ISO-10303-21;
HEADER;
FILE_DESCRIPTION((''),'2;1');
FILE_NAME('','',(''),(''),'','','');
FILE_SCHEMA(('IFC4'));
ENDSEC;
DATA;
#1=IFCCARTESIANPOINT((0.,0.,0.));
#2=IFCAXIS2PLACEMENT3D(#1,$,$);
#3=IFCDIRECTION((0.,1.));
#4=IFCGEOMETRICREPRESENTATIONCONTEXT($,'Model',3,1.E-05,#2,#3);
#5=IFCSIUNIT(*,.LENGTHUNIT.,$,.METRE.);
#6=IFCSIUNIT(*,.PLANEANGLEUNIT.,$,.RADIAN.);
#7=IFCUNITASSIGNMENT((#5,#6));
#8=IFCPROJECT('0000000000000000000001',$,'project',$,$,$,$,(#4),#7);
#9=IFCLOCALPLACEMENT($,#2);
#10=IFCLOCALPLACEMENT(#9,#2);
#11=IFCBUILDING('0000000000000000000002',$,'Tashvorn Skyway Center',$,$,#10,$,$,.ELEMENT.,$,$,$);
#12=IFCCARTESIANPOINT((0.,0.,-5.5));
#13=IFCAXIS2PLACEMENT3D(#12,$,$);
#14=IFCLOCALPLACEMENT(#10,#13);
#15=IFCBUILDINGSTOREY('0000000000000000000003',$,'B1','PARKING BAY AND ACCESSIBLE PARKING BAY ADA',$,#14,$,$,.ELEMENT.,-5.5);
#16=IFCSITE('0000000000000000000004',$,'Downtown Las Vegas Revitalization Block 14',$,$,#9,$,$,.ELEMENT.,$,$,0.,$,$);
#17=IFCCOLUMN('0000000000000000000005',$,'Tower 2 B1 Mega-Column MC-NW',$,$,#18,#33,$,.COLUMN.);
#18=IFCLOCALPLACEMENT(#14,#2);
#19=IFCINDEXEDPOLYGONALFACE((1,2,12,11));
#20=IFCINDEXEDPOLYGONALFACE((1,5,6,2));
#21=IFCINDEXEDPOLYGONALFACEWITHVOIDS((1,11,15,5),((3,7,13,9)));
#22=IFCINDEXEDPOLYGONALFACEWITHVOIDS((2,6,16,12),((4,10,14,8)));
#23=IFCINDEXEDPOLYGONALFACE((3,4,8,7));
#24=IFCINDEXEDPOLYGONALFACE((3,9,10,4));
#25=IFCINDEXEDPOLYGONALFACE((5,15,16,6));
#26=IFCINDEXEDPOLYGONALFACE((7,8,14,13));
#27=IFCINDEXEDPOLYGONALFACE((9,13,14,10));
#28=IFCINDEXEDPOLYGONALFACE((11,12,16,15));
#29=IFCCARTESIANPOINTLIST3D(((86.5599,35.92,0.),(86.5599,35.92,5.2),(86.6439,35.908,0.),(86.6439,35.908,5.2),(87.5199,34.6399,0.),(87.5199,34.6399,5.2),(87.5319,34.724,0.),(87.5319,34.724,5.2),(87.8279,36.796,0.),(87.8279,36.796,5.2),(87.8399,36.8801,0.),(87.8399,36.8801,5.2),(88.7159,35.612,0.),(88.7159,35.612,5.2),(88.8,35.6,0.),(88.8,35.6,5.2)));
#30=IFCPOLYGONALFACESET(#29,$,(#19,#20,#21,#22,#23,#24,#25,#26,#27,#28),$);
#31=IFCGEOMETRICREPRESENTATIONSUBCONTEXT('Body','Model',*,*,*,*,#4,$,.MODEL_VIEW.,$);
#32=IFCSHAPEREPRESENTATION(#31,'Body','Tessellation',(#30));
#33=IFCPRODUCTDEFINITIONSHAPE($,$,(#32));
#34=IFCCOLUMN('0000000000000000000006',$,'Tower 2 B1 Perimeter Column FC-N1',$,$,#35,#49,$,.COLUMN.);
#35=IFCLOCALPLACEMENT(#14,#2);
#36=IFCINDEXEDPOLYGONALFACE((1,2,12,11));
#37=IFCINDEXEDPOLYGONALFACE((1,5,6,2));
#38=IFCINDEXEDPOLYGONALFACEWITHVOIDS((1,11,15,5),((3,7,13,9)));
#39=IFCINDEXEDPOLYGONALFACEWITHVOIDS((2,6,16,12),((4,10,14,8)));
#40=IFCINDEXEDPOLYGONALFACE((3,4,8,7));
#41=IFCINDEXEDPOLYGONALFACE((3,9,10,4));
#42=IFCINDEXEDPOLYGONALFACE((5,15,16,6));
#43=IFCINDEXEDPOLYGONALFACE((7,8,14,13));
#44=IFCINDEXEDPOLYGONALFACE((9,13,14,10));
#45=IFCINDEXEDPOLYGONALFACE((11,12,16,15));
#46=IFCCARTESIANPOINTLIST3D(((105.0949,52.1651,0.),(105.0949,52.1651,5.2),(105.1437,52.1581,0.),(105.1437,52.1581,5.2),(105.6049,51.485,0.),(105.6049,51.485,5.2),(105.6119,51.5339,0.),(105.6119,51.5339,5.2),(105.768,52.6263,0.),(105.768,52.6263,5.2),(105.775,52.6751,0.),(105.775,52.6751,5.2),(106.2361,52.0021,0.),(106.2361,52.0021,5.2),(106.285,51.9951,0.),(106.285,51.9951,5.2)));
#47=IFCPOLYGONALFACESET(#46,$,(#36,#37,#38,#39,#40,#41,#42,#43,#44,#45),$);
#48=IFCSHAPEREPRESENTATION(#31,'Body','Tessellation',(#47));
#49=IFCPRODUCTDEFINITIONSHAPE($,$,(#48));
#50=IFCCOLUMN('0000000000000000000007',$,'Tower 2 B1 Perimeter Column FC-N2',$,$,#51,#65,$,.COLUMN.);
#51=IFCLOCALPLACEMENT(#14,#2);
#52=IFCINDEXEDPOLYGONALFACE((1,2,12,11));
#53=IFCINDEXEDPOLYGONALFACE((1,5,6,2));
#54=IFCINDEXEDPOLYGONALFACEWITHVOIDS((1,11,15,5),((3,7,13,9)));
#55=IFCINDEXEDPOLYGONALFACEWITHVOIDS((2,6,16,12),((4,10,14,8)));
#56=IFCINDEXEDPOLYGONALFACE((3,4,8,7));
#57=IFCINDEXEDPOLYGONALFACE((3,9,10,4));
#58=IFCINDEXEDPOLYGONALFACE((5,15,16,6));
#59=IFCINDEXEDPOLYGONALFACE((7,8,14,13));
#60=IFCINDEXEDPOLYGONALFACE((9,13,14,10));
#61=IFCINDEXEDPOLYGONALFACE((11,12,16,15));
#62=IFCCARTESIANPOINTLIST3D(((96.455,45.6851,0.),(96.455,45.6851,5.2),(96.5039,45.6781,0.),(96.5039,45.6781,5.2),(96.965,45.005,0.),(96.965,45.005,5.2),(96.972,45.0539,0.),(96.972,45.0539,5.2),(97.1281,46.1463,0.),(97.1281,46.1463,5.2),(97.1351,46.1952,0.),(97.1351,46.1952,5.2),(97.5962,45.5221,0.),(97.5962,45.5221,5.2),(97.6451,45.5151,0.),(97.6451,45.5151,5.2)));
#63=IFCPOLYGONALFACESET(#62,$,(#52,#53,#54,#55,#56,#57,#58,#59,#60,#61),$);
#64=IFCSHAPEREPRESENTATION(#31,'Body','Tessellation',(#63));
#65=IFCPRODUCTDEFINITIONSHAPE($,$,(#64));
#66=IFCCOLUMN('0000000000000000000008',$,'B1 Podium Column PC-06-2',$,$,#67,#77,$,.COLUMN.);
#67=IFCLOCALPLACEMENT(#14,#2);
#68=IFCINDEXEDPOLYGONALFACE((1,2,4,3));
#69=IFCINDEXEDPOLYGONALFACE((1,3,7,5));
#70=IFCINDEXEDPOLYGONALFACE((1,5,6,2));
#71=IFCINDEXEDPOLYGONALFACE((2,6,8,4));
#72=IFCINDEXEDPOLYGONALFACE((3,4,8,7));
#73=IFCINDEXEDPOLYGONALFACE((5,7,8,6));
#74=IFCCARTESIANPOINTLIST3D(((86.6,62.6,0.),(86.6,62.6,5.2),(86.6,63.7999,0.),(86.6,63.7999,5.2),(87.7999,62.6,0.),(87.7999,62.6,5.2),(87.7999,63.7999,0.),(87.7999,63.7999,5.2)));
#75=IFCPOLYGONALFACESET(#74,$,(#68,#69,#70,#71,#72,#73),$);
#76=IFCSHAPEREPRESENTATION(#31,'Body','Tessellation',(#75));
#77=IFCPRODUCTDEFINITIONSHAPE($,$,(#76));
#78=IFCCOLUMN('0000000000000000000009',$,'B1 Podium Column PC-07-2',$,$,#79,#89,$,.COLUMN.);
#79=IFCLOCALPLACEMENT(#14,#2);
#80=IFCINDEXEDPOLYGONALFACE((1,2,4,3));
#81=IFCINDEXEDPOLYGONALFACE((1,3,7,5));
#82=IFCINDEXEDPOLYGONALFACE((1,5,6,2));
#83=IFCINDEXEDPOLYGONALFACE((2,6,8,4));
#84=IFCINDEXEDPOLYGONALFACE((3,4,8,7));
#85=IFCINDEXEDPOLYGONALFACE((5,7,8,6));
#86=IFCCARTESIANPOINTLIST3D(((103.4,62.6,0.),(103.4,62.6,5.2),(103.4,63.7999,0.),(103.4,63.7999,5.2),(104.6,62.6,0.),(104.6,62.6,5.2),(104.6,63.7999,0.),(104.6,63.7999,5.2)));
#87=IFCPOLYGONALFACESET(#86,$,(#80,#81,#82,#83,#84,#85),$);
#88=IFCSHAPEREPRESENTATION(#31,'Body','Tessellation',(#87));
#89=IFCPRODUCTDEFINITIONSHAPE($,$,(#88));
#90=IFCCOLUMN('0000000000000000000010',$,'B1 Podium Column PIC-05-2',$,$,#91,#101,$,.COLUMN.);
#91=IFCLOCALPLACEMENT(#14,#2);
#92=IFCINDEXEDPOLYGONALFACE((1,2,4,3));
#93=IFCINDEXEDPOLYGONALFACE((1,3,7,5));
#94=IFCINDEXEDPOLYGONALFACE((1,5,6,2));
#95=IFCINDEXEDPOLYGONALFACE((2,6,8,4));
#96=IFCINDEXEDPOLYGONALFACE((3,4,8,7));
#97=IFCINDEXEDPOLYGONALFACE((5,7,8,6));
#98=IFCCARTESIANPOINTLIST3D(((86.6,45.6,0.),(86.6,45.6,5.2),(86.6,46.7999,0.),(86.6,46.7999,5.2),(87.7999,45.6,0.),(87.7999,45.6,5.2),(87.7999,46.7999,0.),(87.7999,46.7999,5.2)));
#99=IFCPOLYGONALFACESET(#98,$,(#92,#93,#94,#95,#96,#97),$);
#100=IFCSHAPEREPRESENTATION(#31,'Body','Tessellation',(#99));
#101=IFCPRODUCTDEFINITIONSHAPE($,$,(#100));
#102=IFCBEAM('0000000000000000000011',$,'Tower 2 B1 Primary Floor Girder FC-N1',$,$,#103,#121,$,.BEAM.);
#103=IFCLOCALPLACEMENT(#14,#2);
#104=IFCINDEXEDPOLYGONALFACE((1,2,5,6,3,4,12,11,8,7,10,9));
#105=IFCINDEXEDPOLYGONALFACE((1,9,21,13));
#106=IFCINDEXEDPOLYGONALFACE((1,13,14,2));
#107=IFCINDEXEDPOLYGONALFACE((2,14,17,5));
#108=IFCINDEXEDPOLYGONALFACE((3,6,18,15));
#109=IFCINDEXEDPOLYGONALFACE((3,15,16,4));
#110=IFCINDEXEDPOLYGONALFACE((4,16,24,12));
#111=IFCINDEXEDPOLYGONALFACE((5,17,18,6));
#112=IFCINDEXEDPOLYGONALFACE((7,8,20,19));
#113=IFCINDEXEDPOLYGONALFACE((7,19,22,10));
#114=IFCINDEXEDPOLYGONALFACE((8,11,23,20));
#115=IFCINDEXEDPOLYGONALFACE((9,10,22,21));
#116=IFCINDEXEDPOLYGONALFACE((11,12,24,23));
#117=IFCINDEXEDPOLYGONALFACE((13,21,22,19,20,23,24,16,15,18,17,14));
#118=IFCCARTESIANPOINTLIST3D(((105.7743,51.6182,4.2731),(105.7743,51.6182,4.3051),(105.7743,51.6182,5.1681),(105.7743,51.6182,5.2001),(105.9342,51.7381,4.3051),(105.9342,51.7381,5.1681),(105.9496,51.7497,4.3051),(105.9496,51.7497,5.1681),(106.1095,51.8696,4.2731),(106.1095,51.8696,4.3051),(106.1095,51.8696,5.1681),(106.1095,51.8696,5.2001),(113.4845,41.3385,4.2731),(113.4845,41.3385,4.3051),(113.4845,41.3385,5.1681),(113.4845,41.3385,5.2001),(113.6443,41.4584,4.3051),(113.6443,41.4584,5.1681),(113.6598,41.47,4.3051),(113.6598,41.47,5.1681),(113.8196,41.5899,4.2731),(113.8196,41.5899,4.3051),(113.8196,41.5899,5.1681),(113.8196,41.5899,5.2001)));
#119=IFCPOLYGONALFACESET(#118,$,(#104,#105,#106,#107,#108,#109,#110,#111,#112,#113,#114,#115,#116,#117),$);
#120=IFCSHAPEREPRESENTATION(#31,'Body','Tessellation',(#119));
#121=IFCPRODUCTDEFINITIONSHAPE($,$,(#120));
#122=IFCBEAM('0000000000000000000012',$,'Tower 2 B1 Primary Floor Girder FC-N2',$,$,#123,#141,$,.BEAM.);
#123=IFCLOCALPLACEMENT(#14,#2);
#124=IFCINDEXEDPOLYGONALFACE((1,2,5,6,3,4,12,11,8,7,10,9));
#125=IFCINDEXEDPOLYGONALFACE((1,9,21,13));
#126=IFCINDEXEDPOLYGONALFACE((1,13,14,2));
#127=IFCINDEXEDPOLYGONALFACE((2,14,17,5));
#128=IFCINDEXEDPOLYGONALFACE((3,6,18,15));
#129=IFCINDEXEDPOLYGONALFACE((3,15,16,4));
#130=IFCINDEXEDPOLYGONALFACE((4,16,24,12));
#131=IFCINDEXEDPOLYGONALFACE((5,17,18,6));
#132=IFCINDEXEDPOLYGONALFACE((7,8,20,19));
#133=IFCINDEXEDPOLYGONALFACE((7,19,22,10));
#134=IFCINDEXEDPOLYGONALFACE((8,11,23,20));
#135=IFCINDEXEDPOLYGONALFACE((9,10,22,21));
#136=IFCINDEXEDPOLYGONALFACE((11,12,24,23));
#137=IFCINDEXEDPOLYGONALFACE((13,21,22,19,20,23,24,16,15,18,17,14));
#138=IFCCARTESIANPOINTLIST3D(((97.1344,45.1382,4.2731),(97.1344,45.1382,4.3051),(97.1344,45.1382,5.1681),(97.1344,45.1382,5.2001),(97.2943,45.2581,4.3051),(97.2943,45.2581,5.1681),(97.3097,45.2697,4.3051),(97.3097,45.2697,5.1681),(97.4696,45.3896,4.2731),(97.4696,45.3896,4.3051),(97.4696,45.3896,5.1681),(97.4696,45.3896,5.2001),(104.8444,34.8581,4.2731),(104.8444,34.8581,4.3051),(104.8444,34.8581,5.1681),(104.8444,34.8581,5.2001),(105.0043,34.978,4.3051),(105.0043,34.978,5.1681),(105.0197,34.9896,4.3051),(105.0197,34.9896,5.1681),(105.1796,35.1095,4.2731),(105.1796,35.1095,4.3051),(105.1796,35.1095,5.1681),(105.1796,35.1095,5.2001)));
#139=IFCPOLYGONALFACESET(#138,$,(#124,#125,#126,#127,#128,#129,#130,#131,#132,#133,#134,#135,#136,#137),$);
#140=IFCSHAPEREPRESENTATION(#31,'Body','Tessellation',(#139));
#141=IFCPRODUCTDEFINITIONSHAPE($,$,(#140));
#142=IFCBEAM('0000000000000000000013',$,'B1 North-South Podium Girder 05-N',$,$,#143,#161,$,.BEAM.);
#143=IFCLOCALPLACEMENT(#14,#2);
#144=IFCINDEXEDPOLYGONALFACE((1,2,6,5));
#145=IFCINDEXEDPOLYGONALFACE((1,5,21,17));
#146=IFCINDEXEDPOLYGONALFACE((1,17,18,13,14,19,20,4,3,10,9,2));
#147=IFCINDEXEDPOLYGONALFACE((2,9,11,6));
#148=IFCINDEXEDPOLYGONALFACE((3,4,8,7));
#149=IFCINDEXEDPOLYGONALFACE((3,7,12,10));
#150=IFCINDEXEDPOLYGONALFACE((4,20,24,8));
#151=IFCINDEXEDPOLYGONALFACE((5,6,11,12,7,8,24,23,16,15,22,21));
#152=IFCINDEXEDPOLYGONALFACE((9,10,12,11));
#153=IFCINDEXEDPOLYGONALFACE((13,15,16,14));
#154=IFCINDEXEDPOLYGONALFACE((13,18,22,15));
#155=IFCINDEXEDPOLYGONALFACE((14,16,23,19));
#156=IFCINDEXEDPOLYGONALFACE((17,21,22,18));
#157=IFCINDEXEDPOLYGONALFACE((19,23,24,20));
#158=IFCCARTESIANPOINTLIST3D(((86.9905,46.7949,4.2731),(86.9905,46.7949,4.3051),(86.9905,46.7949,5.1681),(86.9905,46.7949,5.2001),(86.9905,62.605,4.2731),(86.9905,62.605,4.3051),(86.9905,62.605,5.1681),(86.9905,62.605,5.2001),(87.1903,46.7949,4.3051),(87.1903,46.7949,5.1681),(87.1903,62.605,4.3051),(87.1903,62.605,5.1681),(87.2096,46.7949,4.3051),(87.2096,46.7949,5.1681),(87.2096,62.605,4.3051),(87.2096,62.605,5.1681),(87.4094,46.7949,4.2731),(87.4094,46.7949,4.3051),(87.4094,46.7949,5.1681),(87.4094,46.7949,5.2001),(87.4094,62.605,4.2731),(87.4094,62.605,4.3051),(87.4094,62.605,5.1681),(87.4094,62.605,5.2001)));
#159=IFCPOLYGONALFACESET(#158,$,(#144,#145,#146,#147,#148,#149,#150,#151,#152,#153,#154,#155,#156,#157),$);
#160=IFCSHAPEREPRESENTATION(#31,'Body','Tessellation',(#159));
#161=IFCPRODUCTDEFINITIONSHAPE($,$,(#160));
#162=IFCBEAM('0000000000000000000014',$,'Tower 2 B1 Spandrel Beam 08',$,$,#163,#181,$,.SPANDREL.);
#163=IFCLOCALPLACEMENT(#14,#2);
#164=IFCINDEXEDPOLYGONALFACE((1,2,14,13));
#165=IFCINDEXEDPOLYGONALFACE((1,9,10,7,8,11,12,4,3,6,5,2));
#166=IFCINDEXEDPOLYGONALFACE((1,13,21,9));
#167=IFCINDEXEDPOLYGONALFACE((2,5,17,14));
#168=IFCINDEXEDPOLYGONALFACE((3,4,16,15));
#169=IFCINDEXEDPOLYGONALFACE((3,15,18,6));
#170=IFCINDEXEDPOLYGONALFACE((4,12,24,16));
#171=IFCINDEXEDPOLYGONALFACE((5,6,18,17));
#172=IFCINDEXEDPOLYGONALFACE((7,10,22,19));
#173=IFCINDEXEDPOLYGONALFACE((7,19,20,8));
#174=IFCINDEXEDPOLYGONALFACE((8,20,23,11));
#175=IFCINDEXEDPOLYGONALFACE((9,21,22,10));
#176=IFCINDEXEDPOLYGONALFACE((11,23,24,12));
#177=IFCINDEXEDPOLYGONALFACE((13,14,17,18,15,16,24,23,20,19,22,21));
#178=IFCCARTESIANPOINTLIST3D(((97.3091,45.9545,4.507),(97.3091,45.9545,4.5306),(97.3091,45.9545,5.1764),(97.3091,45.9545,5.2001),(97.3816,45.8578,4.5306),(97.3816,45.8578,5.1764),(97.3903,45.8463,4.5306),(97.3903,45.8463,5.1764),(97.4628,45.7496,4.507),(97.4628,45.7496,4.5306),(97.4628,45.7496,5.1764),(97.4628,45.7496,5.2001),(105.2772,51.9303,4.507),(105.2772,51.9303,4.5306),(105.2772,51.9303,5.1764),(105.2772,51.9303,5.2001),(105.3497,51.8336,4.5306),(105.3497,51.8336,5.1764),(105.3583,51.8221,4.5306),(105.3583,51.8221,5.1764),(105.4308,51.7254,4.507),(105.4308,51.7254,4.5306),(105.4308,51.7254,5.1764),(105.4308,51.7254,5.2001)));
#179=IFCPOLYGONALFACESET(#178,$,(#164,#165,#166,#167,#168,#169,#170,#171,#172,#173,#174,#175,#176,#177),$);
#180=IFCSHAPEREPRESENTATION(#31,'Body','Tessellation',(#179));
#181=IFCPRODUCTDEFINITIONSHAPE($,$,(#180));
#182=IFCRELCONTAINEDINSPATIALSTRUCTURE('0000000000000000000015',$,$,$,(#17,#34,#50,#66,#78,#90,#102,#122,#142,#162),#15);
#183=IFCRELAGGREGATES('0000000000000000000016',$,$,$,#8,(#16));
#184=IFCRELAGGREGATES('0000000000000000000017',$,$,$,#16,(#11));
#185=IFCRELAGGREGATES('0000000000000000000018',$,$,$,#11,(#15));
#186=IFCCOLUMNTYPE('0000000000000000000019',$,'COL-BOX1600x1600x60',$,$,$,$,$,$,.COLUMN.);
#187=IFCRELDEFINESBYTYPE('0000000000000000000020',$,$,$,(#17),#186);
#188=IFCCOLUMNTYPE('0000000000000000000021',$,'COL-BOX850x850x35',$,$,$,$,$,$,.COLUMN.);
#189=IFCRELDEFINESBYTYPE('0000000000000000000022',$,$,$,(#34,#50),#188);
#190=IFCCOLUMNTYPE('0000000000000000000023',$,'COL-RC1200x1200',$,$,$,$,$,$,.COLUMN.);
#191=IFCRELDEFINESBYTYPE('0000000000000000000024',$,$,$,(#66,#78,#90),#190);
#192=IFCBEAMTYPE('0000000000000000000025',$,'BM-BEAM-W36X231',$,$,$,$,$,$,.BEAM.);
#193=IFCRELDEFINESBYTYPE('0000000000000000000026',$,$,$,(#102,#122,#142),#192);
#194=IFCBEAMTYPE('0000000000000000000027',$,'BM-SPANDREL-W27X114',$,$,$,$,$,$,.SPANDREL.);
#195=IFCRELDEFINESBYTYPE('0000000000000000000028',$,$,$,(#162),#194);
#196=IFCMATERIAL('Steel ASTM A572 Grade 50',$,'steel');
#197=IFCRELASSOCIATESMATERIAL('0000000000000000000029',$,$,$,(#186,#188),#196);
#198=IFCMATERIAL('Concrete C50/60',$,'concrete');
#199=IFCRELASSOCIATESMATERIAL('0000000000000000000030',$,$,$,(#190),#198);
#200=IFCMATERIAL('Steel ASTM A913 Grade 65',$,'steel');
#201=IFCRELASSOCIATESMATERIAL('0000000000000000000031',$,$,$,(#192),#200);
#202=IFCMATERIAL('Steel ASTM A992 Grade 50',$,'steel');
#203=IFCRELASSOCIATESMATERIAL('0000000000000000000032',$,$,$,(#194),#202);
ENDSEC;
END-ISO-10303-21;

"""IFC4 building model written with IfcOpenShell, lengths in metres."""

from ifc_helpers import new_model, si_unit, direction, frame, origin, origin_2d, place, context, subcontext, project, spatial, rectangle, hollow_rectangle, i_section, extrude, material, material_profile, profile_set, type_object, element, save


model = new_model("IFC4")

# Units and contexts
model_context = context("Model", 3, precision=1e-05, world=origin(), true_north=direction((0.0, 1.0)))
body_context = subcontext(model_context, "Body", "Model", "MODEL_VIEW")
ifc_project = project(units=[si_unit("LENGTHUNIT", "METRE"), si_unit("PLANEANGLEUNIT", "RADIAN")], contexts=[model_context])

# Site, building, storey
site_placement = place(None, origin())
site = spatial("IfcSite", under=ifc_project, at=site_placement, Name="Downtown Las Vegas Revitalization Block 14", CompositionType="ELEMENT", RefElevation=0.0)
building_placement = place(site_placement, origin())
building = spatial("IfcBuilding", under=site, at=building_placement, Name="Tashvorn Skyway Center", CompositionType="ELEMENT")
storey_placement = place(building_placement, frame((0.0, 0.0, -5.5)))
storey = spatial("IfcBuildingStorey", under=building, at=storey_placement, Name="B1", Description="PARKING BAY AND ACCESSIBLE PARKING BAY ADA", CompositionType="ELEMENT", Elevation=-5.5)

# Columns
ifc_material_1 = material(Name="Steel ASTM A572 Grade 50", Category="steel")
ifc_material_profile_1 = material_profile(ifc_material_1, hollow_rectangle(XDim=1.6001, YDim=1.6001, WallThickness=0.0601, at=origin_2d()), Name="BOX1600x1600x60")
ifc_profile_set_1 = profile_set([ifc_material_profile_1], Name="Steel ASTM A572 Grade 50")
column_type_1 = type_object("IfcColumnType", Name="COL-BOX1600x1600x60", PredefinedType="COLUMN", material=ifc_profile_set_1)
column_placement = place(storey_placement, frame((87.6799, 35.76, 0.0), z_axis=(0.0, 0.0, 1.0), x_axis=(0.8, 0.6, 0.0)))
element("IfcColumn", 1, at=column_placement, inside=storey, type_object=column_type_1, Name="Tower 2 B1 Mega-Column MC-NW", PredefinedType="COLUMN", context=body_context, shape_type="SweptSolid", body=[
    extrude(hollow_rectangle(XDim=1.6001, YDim=1.6001, WallThickness=0.0601, at=origin_2d()), origin(), (0.0, 0.0, 1.0), 5.2),
])
ifc_material_profile_2 = material_profile(ifc_material_1, hollow_rectangle(XDim=0.8501, YDim=0.8501, WallThickness=0.0349, at=origin_2d()), Name="BOX850x850x35")
ifc_profile_set_2 = profile_set([ifc_material_profile_2], Name="Steel ASTM A572 Grade 50")
column_type_2 = type_object("IfcColumnType", Name="COL-BOX850x850x35", PredefinedType="COLUMN", material=ifc_profile_set_2)
for number, where, z_axis, x_axis, name in (
    (2, (105.6899, 52.0801, 0.0), (0.0, 0.0, 1.0), (0.8, 0.6, 0.0), "Tower 2 B1 Perimeter Column FC-N1"),
    (3, (97.05, 45.6001, 0.0), (0.0, 0.0, 1.0), (0.8, 0.6, 0.0), "Tower 2 B1 Perimeter Column FC-N2"),
):
    element("IfcColumn", number, at=place(storey_placement, frame(where, z_axis=z_axis, x_axis=x_axis)), inside=storey, type_object=column_type_2, Name=name, PredefinedType="COLUMN", context=body_context, shape_type="SweptSolid", body=[
        extrude(hollow_rectangle(XDim=0.8501, YDim=0.8501, WallThickness=0.0349, at=origin_2d()), origin(), (0.0, 0.0, 1.0), 5.2),
    ])
ifc_material_2 = material(Name="Concrete C50/60", Category="concrete")
ifc_material_profile_3 = material_profile(ifc_material_2, rectangle(XDim=1.2, YDim=1.2, at=origin_2d()), Name="RC1200x1200")
ifc_profile_set_3 = profile_set([ifc_material_profile_3], Name="Concrete C50/60")
column_type_3 = type_object("IfcColumnType", Name="COL-RC1200x1200", PredefinedType="COLUMN", material=ifc_profile_set_3)
for number, where, z_axis, x_axis, name in (
    (4, (87.2, 63.2, 0.0), (0.0, 0.0, 1.0), (1.0, 0.0, 0.0), "B1 Podium Column PC-06-2"),
    (5, (104.0, 63.2, 0.0), (0.0, 0.0, 1.0), (1.0, 0.0, 0.0), "B1 Podium Column PC-07-2"),
    (6, (87.2, 46.2, 0.0), (0.0, 0.0, 1.0), (1.0, 0.0, 0.0), "B1 Podium Column PIC-05-2"),
):
    element("IfcColumn", number, at=place(storey_placement, frame(where, z_axis=z_axis, x_axis=x_axis)), inside=storey, type_object=column_type_3, Name=name, PredefinedType="COLUMN", context=body_context, shape_type="SweptSolid", body=[
        extrude(rectangle(XDim=1.2, YDim=1.2, at=origin_2d()), origin(), (0.0, 0.0, 1.0), 5.2),
    ])

# Beams
ifc_material_3 = material(Name="Steel ASTM A913 Grade 65", Category="steel")
ifc_material_profile_4 = material_profile(ifc_material_3, i_section(OverallWidth=0.4189, OverallDepth=0.927, WebThickness=0.0193, FlangeThickness=0.032, at=origin_2d()), Name="W36X231")
ifc_profile_set_4 = profile_set([ifc_material_profile_4], Name="Steel ASTM A913 Grade 65")
beam_type_1 = type_object("IfcBeamType", Name="BM-BEAM-W36X231", PredefinedType="BEAM", material=ifc_profile_set_4)
beam_1_placement = place(storey_placement, frame((105.9419, 51.7439, 4.7366), z_axis=(0.600018, -0.799986, 0.0), x_axis=(0.799986, 0.600018, 0.0)))
element("IfcBeam", 7, at=beam_1_placement, inside=storey, type_object=beam_type_1, Name="Tower 2 B1 Primary Floor Girder FC-N1", PredefinedType="BEAM", context=body_context, shape_type="SweptSolid", body=[
    extrude(i_section(OverallWidth=0.4189, OverallDepth=0.927, WebThickness=0.0193, FlangeThickness=0.032, at=origin_2d()), origin(), (0.0, 0.0, 1.0), 12.8499),
])
beam_2_placement = place(storey_placement, frame((97.302, 45.2639, 4.7366), z_axis=(0.599997, -0.800002, 0.0), x_axis=(0.800002, 0.599997, 0.0)))
element("IfcBeam", 8, at=beam_2_placement, inside=storey, type_object=beam_type_1, Name="Tower 2 B1 Primary Floor Girder FC-N2", PredefinedType="BEAM", context=body_context, shape_type="SweptSolid", body=[
    extrude(i_section(OverallWidth=0.4189, OverallDepth=0.927, WebThickness=0.0193, FlangeThickness=0.032, at=origin_2d()), origin(), (0.0, 0.0, 1.0), 12.8501),
])
beam_3_placement = place(storey_placement, frame((87.2, 46.7949, 4.7366), z_axis=(0.0, 1.0, 0.0), x_axis=(-1.0, 0.0, 0.0)))
element("IfcBeam", 9, at=beam_3_placement, inside=storey, type_object=beam_type_1, Name="B1 North-South Podium Girder 05-N", PredefinedType="BEAM", context=body_context, shape_type="SweptSolid", body=[
    extrude(i_section(OverallWidth=0.4189, OverallDepth=0.927, WebThickness=0.0193, FlangeThickness=0.032, at=origin_2d()), origin(), (0.0, 0.0, 1.0), 15.8101),
])
ifc_material_4 = material(Name="Steel ASTM A992 Grade 50", Category="steel")
ifc_material_profile_5 = material_profile(ifc_material_4, i_section(OverallWidth=0.2561, OverallDepth=0.6931, WebThickness=0.0144, FlangeThickness=0.0237, at=origin_2d()), Name="W27X114")
ifc_profile_set_5 = profile_set([ifc_material_profile_5], Name="Steel ASTM A992 Grade 50")
beam_type_2 = type_object("IfcBeamType", Name="BM-SPANDREL-W27X114", PredefinedType="SPANDREL", material=ifc_profile_set_5)
beam_4_placement = place(storey_placement, frame((105.354, 51.8279, 4.8535), z_axis=(-0.800009, -0.599988, 0.0), x_axis=(0.599988, -0.800009, 0.0)))
element("IfcBeam", 10, at=beam_4_placement, inside=storey, type_object=beam_type_2, Name="Tower 2 B1 Spandrel Beam 08", PredefinedType="SPANDREL", context=body_context, shape_type="SweptSolid", body=[
    extrude(i_section(OverallWidth=0.2561, OverallDepth=0.6931, WebThickness=0.0144, FlangeThickness=0.0237, at=origin_2d()), origin(), (0.0, 0.0, 1.0), 9.96),
])

save(model, "model.ifc")
